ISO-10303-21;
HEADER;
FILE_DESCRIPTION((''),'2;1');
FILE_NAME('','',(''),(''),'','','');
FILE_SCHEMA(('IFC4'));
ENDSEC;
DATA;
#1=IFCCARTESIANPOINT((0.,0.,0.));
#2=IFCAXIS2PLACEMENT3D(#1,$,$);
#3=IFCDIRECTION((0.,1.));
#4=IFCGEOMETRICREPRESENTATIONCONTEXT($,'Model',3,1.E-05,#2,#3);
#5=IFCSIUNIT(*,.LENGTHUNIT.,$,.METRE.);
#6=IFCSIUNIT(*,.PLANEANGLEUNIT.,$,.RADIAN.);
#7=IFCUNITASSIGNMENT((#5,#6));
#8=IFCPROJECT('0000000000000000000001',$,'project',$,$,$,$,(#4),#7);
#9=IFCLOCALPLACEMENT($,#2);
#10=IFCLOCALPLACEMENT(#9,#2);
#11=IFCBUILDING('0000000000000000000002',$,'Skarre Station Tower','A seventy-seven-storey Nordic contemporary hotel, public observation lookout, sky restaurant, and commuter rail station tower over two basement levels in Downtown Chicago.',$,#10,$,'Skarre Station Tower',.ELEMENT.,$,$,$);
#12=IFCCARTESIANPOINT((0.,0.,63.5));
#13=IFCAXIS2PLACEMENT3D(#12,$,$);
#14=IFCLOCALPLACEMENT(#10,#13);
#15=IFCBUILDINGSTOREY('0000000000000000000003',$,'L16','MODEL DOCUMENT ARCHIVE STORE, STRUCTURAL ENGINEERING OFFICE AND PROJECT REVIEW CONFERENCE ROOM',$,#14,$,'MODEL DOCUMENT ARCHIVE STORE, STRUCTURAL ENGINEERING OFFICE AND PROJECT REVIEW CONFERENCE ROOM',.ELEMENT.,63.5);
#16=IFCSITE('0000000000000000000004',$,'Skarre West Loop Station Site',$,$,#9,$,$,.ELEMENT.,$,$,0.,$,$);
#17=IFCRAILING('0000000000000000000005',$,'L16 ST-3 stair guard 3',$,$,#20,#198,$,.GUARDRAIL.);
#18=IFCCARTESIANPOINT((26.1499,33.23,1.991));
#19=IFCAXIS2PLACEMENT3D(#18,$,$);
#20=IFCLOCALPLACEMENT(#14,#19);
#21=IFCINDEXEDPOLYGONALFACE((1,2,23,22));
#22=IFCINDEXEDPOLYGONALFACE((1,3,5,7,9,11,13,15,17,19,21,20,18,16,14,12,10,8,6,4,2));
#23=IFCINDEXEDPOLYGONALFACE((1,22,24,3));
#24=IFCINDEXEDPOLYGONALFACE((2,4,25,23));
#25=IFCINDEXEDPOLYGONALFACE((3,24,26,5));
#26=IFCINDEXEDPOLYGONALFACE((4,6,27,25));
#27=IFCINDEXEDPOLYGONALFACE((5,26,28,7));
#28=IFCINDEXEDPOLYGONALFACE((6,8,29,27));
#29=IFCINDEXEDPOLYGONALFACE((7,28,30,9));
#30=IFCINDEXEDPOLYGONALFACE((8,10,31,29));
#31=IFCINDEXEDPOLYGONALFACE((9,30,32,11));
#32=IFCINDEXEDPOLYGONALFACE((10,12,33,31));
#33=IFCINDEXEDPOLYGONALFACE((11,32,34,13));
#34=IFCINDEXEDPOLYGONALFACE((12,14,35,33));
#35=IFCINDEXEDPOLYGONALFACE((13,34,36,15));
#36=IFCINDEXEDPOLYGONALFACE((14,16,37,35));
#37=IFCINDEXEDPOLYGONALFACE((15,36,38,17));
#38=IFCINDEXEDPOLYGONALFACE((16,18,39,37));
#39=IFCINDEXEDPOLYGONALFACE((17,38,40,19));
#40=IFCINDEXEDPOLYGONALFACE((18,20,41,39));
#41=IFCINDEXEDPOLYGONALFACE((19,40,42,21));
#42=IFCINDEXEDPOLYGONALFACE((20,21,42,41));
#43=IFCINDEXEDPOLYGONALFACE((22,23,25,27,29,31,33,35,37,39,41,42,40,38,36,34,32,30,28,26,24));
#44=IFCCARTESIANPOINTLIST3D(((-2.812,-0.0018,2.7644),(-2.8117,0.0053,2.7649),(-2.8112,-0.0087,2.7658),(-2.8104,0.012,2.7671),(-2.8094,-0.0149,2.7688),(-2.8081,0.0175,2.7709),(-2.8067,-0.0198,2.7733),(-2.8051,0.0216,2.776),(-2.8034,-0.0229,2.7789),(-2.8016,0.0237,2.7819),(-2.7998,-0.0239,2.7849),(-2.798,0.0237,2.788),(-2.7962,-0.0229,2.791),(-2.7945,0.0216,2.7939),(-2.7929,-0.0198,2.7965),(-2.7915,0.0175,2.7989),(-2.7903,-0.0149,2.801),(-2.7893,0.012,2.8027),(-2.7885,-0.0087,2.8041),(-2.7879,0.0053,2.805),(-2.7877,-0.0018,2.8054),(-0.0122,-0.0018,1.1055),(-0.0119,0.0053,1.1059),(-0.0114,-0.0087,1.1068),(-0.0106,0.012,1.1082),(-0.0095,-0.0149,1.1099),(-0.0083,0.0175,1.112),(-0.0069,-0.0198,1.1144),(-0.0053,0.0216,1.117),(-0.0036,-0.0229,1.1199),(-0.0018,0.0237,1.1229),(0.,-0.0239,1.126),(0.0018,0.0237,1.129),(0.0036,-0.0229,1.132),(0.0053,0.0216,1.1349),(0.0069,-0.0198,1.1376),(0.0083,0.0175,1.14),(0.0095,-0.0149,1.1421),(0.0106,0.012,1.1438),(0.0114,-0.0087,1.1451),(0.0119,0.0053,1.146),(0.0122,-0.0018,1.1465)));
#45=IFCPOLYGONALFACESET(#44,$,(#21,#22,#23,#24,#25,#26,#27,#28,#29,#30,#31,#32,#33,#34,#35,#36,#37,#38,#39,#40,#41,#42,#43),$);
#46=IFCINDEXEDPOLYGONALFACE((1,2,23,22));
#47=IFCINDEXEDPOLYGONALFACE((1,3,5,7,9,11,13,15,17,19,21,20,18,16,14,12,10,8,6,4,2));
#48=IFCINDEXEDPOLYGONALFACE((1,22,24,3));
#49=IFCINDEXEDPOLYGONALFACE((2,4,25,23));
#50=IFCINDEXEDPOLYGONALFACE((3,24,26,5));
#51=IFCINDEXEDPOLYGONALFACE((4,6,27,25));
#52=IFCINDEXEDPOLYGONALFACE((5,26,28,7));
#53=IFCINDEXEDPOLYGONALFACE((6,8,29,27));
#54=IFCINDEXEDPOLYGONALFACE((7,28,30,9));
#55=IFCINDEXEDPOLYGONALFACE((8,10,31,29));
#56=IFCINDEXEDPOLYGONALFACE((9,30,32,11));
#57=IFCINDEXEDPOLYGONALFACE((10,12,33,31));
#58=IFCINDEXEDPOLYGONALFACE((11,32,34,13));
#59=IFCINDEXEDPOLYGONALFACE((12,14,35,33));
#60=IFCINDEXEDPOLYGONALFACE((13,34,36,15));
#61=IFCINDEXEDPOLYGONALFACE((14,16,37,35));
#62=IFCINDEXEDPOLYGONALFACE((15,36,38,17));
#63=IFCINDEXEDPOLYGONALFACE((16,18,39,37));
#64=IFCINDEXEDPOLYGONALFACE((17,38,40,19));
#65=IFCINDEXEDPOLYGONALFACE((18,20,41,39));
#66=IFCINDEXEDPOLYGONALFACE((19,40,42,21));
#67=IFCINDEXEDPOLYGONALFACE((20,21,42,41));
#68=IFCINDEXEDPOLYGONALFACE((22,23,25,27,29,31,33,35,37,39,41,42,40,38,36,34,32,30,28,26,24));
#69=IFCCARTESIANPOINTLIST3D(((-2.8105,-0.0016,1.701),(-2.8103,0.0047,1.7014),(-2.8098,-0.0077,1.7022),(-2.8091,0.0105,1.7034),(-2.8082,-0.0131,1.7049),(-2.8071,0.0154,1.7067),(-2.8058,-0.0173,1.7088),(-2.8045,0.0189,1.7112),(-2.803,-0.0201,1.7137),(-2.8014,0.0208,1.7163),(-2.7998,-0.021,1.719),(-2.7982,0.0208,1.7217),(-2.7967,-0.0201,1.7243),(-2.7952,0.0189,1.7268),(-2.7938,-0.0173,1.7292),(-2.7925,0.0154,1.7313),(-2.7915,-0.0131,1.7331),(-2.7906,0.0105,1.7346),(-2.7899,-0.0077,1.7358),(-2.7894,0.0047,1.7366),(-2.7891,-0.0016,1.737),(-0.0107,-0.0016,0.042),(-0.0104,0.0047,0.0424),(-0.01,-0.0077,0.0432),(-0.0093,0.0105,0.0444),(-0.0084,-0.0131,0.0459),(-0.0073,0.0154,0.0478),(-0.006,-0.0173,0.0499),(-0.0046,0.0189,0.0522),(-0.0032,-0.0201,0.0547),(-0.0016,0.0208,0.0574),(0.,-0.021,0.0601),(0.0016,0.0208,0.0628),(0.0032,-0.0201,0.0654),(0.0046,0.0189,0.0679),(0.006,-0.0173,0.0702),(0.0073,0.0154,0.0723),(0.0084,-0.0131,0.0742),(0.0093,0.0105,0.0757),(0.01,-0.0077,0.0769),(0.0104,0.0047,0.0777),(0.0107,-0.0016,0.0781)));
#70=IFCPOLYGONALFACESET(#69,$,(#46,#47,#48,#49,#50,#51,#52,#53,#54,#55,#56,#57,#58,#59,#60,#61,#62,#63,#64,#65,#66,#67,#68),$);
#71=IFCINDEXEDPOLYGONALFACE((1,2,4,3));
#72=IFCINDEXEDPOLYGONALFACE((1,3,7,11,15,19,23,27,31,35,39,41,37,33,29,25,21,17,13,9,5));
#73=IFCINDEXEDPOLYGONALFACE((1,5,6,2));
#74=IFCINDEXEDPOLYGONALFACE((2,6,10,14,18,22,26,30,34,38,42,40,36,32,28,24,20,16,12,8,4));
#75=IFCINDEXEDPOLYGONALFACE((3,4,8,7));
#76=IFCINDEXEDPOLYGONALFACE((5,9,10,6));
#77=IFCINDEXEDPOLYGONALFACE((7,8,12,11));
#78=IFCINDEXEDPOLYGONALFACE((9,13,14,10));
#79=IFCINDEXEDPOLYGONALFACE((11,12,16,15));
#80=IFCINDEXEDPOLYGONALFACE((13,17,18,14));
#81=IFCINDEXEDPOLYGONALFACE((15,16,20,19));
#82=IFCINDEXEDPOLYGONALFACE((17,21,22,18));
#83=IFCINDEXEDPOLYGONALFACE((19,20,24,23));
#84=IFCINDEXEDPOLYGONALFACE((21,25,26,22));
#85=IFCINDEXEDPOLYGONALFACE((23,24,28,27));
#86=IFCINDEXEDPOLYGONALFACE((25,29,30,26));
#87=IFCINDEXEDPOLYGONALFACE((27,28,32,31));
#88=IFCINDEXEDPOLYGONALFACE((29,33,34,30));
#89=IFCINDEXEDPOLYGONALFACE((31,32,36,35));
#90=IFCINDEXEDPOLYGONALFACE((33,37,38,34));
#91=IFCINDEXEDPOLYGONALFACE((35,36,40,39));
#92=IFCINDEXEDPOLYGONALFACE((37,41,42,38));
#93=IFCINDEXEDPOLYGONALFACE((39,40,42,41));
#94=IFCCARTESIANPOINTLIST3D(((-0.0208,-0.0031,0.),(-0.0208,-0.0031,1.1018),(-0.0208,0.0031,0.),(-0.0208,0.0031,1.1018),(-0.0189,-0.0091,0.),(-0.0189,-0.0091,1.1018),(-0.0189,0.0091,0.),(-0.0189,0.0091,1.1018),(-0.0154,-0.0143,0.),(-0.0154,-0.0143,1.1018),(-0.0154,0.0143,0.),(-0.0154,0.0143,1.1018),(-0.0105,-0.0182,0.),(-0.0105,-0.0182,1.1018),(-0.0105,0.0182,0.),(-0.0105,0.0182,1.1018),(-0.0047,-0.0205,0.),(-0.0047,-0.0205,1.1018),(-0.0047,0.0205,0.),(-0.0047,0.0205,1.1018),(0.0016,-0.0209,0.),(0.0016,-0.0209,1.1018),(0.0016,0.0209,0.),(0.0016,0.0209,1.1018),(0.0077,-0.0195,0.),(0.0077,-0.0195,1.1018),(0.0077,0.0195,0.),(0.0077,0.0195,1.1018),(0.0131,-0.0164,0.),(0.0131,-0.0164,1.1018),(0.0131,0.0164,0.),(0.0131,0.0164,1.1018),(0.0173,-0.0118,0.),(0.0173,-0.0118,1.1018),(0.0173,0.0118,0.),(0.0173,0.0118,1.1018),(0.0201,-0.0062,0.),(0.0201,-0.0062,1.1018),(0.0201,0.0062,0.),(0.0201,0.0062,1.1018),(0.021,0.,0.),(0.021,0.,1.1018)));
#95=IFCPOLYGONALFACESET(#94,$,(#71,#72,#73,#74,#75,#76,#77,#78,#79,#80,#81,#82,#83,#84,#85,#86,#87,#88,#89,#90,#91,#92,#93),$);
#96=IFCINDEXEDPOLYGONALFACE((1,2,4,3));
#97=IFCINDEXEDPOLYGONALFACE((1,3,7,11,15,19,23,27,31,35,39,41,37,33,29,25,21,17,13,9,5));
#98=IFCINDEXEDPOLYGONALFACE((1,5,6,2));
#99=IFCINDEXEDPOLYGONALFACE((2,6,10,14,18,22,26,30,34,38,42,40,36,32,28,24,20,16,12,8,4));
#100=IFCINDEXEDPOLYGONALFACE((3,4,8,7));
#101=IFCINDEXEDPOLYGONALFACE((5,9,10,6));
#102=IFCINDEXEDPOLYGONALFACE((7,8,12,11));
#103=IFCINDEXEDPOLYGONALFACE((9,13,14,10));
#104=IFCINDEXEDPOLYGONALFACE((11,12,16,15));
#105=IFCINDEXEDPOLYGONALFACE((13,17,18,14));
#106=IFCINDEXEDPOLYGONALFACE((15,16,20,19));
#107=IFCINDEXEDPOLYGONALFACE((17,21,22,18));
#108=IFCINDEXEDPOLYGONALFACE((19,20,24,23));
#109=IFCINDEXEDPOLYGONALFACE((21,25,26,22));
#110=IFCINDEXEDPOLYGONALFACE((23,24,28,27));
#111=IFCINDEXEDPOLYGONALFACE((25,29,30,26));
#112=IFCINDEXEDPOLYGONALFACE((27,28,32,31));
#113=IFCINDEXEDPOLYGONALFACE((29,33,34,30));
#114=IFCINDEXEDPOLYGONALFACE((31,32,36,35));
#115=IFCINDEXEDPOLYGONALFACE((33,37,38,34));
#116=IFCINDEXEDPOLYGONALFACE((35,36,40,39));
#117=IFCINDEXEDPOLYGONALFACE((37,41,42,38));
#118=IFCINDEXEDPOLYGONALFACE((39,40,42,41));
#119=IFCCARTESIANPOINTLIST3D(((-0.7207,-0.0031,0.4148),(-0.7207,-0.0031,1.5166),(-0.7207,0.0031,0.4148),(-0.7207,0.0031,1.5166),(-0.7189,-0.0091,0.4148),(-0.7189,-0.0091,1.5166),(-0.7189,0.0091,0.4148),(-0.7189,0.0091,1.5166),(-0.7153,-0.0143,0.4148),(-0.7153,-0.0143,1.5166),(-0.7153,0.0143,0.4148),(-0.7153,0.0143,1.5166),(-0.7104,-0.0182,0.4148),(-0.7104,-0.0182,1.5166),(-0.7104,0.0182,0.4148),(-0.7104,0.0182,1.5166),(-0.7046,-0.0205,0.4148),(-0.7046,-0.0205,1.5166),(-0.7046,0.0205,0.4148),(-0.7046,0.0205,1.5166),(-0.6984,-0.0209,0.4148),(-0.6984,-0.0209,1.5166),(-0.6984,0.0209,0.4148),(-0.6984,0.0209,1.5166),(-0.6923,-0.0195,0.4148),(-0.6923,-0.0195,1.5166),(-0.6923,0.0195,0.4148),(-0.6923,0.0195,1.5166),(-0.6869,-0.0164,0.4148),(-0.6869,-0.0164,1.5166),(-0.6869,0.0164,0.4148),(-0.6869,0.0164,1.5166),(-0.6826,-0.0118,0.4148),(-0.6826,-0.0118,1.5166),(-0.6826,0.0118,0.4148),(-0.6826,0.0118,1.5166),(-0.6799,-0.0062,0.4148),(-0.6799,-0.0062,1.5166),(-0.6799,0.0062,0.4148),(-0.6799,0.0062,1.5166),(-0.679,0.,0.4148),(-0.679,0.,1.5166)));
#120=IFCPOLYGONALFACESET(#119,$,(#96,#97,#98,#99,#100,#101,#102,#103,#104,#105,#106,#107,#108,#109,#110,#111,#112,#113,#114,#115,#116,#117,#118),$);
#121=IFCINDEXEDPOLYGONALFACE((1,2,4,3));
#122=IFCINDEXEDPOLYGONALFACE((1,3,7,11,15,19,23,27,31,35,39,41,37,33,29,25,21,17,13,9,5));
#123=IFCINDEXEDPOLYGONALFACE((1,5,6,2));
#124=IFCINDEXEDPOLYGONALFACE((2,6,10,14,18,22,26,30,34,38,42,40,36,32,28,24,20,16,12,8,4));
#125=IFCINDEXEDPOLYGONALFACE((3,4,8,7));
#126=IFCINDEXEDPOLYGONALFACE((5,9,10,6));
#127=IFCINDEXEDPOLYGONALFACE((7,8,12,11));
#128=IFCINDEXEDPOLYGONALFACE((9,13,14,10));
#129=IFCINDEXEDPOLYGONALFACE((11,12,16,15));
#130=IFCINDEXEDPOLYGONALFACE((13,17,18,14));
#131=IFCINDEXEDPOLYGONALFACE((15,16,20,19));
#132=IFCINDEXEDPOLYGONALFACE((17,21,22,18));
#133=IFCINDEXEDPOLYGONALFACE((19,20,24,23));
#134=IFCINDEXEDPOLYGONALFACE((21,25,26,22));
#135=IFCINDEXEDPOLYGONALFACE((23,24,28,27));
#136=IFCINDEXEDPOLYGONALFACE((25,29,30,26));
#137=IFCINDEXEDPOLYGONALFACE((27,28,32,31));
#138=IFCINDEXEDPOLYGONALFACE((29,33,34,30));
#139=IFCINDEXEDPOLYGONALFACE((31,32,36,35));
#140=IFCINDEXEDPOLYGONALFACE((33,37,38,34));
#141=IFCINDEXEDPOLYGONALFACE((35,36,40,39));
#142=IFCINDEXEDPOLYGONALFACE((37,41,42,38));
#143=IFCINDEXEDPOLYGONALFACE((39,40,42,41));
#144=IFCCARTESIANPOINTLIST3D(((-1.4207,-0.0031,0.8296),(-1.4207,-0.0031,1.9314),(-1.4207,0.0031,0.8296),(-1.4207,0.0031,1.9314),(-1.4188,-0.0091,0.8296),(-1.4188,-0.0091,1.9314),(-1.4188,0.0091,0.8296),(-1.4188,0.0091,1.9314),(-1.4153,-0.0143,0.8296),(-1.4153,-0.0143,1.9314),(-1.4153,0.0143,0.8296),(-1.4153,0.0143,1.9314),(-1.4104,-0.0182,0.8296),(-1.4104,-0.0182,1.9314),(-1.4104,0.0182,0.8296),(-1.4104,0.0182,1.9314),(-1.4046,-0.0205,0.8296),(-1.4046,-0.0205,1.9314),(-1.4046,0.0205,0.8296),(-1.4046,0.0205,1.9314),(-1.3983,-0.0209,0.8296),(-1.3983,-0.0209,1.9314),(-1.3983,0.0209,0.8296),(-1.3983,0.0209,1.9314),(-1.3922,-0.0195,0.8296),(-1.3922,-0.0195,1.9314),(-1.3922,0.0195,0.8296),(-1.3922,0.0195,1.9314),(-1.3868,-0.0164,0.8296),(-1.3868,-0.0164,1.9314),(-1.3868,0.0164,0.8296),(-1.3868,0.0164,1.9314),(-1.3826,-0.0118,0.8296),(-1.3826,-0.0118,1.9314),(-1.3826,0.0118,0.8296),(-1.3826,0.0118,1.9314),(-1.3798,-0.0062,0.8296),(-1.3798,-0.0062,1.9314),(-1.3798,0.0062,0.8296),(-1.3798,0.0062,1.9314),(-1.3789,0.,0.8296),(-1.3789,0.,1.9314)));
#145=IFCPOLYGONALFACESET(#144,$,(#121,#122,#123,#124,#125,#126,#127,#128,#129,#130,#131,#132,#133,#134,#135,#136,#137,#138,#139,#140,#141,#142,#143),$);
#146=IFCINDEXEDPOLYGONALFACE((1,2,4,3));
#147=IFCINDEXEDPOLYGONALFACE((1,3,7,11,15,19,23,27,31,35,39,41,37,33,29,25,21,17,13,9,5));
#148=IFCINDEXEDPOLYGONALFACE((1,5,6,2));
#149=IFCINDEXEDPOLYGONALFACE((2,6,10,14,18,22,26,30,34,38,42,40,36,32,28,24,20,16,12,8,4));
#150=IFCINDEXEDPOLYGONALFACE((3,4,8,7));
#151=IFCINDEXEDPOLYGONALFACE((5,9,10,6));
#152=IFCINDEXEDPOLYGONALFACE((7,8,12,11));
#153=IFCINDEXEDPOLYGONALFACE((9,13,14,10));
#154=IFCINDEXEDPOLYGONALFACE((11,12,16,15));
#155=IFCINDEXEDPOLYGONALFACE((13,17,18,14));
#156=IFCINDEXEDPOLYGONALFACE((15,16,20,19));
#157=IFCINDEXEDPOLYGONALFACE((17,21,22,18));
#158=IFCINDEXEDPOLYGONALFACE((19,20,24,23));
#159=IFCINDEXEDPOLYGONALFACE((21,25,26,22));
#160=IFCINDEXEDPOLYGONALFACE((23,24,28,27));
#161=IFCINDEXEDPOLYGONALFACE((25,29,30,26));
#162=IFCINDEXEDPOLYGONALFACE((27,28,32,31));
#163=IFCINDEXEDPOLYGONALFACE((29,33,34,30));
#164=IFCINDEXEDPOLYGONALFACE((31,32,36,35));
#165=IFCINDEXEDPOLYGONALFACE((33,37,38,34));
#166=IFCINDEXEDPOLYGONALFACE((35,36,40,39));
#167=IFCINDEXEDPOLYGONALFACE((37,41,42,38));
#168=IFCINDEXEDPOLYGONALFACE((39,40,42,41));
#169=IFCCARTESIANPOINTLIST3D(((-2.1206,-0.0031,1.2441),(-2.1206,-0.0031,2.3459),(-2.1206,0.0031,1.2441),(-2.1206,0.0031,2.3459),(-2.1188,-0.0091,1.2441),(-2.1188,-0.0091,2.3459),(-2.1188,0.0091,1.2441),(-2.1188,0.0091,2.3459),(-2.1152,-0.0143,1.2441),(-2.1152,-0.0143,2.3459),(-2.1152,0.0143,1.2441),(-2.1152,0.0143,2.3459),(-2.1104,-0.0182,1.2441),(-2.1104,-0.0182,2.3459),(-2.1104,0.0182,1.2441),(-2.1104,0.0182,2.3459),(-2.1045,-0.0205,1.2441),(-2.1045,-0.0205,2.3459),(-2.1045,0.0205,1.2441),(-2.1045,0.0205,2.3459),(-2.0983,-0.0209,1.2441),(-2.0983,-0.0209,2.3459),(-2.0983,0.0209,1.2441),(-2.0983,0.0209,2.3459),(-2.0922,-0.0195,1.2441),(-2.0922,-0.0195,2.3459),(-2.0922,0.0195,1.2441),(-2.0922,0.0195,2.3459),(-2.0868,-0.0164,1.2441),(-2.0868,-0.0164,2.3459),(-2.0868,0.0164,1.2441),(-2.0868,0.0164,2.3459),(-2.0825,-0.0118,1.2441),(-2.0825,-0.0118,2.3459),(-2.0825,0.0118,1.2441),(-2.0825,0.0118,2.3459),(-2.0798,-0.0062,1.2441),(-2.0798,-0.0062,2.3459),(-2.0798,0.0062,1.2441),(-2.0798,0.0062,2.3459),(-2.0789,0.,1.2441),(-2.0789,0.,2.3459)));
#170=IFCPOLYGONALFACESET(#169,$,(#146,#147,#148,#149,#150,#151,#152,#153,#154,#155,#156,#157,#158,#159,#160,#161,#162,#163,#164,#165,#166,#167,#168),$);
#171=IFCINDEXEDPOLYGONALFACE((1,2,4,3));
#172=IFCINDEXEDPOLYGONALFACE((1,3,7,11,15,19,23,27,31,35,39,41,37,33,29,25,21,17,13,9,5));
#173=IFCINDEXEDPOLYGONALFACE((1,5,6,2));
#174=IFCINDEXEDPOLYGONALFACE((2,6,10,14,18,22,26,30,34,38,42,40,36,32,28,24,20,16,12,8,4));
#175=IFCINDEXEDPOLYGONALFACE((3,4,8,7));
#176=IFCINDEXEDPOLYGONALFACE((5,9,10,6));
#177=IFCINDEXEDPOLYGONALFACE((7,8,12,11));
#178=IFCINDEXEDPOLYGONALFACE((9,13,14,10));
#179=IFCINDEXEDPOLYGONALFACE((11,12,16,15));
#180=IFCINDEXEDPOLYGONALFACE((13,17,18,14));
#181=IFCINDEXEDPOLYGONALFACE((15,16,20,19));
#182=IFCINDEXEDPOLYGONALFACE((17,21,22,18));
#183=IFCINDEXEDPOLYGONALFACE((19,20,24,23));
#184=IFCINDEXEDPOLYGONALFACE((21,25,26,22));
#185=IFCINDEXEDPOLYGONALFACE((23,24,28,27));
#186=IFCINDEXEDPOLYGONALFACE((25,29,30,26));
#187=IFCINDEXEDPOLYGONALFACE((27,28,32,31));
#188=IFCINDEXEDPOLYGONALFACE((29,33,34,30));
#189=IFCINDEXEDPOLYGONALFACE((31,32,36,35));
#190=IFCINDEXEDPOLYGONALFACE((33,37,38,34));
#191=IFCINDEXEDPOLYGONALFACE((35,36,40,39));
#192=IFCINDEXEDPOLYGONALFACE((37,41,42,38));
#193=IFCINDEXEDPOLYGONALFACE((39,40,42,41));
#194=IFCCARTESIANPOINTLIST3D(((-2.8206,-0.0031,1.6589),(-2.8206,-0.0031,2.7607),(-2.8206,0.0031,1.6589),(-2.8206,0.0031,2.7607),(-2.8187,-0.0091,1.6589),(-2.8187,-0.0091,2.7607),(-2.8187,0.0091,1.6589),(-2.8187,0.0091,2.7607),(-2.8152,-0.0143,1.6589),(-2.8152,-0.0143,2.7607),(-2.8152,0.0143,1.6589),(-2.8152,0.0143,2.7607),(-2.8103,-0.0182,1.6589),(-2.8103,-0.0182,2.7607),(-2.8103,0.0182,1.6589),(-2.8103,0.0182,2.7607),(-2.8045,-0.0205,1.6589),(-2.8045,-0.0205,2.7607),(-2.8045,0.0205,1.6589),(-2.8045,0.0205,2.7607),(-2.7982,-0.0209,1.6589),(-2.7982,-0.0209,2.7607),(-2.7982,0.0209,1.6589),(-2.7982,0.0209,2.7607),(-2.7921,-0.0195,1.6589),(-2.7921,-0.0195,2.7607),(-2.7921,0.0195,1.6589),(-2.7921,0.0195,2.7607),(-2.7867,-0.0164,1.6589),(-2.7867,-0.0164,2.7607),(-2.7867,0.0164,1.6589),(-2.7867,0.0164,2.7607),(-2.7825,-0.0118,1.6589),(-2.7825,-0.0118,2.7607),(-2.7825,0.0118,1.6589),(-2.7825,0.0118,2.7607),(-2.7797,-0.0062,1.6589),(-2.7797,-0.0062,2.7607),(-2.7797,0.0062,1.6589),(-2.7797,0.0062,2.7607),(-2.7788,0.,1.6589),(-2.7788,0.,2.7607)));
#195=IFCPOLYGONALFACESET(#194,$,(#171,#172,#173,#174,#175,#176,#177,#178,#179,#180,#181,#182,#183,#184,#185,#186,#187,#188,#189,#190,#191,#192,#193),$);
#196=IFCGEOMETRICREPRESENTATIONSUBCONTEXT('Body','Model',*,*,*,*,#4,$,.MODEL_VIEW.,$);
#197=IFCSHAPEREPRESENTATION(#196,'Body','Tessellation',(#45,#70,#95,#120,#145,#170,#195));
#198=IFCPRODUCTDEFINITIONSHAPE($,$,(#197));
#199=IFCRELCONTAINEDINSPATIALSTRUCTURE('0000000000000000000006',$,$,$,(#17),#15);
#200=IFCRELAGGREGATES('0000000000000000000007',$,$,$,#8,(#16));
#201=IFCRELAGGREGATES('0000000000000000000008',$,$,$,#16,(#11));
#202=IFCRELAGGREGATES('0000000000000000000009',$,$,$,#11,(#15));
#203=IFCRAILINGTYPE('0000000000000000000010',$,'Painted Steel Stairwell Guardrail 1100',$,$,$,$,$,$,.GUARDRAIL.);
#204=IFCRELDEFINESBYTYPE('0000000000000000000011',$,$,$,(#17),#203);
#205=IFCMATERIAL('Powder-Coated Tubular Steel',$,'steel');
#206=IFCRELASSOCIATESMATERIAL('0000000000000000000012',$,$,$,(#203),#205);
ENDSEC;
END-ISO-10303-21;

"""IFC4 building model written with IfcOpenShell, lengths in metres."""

from ifc_helpers import new_model, si_unit, direction, frame, origin, origin_2d, place, context, subcontext, project, spatial, circle, extrude, material, type_object, element, save


model = new_model("IFC4")

# Units and contexts
model_context = context("Model", 3, precision=1e-05, world=origin(), true_north=direction((0.0, 1.0)))
body_context = subcontext(model_context, "Body", "Model", "MODEL_VIEW")
ifc_project = project(units=[si_unit("LENGTHUNIT", "METRE"), si_unit("PLANEANGLEUNIT", "RADIAN")], contexts=[model_context])

# Site, building, storey
site_placement = place(None, origin())
site = spatial("IfcSite", under=ifc_project, at=site_placement, Name="Skarre West Loop Station Site", CompositionType="ELEMENT", RefElevation=0.0)
building_placement = place(site_placement, origin())
building = spatial("IfcBuilding", under=site, at=building_placement, Name="Skarre Station Tower", Description="A seventy-seven-storey Nordic contemporary hotel, public observation lookout, sky restaurant, and commuter rail station tower over two basement levels in Downtown Chicago.", LongName="Skarre Station Tower", CompositionType="ELEMENT")
storey_placement = place(building_placement, frame((0.0, 0.0, 63.5)))
storey = spatial("IfcBuildingStorey", under=building, at=storey_placement, Name="L16", Description="MODEL DOCUMENT ARCHIVE STORE, STRUCTURAL ENGINEERING OFFICE AND PROJECT REVIEW CONFERENCE ROOM", LongName="MODEL DOCUMENT ARCHIVE STORE, STRUCTURAL ENGINEERING OFFICE AND PROJECT REVIEW CONFERENCE ROOM", CompositionType="ELEMENT", Elevation=63.5)

# Railing
ifc_material_1 = material(Name="Powder-Coated Tubular Steel", Category="steel")
railing_type_1 = type_object("IfcRailingType", Name="Painted Steel Stairwell Guardrail 1100", PredefinedType="GUARDRAIL", material=ifc_material_1)
railing_1_placement = place(storey_placement, frame((26.1499, 33.23, 1.991)))
element("IfcRailing", 1, at=railing_1_placement, inside=storey, type_object=railing_type_1, Name="L16 ST-3 stair guard 3", PredefinedType="GUARDRAIL", context=body_context, shape_type="SweptSolid", body=[
    extrude(circle(Radius=0.0239, at=origin_2d()), frame((0.0, 0.0, 1.126), z_axis=(-0.86032, 0.0, 0.509755), x_axis=(0.0, -1.0, 0.0)), (0.0, 0.0, 1.0), 3.2544),
    extrude(circle(Radius=0.021, at=origin_2d()), frame((0.0, 0.0, 0.0601), z_axis=(-0.86032, 0.0, 0.509755), x_axis=(0.0, -1.0, 0.0)), (0.0, 0.0, 1.0), 3.2544),
    extrude(circle(Radius=0.021, at=origin_2d()), origin(), (0.0, 0.0, 1.0), 1.1018),
    extrude(circle(Radius=0.021, at=origin_2d()), frame((-0.7, 0.0, 0.4148)), (0.0, 0.0, 1.0), 1.1018),
    extrude(circle(Radius=0.021, at=origin_2d()), frame((-1.3999, 0.0, 0.8296)), (0.0, 0.0, 1.0), 1.1018),
    extrude(circle(Radius=0.021, at=origin_2d()), frame((-2.0999, 0.0, 1.2441)), (0.0, 0.0, 1.0), 1.1018),
    extrude(circle(Radius=0.021, at=origin_2d()), frame((-2.7998, 0.0, 1.6589)), (0.0, 0.0, 1.0), 1.1018),
])

save(model, "model.ifc")
